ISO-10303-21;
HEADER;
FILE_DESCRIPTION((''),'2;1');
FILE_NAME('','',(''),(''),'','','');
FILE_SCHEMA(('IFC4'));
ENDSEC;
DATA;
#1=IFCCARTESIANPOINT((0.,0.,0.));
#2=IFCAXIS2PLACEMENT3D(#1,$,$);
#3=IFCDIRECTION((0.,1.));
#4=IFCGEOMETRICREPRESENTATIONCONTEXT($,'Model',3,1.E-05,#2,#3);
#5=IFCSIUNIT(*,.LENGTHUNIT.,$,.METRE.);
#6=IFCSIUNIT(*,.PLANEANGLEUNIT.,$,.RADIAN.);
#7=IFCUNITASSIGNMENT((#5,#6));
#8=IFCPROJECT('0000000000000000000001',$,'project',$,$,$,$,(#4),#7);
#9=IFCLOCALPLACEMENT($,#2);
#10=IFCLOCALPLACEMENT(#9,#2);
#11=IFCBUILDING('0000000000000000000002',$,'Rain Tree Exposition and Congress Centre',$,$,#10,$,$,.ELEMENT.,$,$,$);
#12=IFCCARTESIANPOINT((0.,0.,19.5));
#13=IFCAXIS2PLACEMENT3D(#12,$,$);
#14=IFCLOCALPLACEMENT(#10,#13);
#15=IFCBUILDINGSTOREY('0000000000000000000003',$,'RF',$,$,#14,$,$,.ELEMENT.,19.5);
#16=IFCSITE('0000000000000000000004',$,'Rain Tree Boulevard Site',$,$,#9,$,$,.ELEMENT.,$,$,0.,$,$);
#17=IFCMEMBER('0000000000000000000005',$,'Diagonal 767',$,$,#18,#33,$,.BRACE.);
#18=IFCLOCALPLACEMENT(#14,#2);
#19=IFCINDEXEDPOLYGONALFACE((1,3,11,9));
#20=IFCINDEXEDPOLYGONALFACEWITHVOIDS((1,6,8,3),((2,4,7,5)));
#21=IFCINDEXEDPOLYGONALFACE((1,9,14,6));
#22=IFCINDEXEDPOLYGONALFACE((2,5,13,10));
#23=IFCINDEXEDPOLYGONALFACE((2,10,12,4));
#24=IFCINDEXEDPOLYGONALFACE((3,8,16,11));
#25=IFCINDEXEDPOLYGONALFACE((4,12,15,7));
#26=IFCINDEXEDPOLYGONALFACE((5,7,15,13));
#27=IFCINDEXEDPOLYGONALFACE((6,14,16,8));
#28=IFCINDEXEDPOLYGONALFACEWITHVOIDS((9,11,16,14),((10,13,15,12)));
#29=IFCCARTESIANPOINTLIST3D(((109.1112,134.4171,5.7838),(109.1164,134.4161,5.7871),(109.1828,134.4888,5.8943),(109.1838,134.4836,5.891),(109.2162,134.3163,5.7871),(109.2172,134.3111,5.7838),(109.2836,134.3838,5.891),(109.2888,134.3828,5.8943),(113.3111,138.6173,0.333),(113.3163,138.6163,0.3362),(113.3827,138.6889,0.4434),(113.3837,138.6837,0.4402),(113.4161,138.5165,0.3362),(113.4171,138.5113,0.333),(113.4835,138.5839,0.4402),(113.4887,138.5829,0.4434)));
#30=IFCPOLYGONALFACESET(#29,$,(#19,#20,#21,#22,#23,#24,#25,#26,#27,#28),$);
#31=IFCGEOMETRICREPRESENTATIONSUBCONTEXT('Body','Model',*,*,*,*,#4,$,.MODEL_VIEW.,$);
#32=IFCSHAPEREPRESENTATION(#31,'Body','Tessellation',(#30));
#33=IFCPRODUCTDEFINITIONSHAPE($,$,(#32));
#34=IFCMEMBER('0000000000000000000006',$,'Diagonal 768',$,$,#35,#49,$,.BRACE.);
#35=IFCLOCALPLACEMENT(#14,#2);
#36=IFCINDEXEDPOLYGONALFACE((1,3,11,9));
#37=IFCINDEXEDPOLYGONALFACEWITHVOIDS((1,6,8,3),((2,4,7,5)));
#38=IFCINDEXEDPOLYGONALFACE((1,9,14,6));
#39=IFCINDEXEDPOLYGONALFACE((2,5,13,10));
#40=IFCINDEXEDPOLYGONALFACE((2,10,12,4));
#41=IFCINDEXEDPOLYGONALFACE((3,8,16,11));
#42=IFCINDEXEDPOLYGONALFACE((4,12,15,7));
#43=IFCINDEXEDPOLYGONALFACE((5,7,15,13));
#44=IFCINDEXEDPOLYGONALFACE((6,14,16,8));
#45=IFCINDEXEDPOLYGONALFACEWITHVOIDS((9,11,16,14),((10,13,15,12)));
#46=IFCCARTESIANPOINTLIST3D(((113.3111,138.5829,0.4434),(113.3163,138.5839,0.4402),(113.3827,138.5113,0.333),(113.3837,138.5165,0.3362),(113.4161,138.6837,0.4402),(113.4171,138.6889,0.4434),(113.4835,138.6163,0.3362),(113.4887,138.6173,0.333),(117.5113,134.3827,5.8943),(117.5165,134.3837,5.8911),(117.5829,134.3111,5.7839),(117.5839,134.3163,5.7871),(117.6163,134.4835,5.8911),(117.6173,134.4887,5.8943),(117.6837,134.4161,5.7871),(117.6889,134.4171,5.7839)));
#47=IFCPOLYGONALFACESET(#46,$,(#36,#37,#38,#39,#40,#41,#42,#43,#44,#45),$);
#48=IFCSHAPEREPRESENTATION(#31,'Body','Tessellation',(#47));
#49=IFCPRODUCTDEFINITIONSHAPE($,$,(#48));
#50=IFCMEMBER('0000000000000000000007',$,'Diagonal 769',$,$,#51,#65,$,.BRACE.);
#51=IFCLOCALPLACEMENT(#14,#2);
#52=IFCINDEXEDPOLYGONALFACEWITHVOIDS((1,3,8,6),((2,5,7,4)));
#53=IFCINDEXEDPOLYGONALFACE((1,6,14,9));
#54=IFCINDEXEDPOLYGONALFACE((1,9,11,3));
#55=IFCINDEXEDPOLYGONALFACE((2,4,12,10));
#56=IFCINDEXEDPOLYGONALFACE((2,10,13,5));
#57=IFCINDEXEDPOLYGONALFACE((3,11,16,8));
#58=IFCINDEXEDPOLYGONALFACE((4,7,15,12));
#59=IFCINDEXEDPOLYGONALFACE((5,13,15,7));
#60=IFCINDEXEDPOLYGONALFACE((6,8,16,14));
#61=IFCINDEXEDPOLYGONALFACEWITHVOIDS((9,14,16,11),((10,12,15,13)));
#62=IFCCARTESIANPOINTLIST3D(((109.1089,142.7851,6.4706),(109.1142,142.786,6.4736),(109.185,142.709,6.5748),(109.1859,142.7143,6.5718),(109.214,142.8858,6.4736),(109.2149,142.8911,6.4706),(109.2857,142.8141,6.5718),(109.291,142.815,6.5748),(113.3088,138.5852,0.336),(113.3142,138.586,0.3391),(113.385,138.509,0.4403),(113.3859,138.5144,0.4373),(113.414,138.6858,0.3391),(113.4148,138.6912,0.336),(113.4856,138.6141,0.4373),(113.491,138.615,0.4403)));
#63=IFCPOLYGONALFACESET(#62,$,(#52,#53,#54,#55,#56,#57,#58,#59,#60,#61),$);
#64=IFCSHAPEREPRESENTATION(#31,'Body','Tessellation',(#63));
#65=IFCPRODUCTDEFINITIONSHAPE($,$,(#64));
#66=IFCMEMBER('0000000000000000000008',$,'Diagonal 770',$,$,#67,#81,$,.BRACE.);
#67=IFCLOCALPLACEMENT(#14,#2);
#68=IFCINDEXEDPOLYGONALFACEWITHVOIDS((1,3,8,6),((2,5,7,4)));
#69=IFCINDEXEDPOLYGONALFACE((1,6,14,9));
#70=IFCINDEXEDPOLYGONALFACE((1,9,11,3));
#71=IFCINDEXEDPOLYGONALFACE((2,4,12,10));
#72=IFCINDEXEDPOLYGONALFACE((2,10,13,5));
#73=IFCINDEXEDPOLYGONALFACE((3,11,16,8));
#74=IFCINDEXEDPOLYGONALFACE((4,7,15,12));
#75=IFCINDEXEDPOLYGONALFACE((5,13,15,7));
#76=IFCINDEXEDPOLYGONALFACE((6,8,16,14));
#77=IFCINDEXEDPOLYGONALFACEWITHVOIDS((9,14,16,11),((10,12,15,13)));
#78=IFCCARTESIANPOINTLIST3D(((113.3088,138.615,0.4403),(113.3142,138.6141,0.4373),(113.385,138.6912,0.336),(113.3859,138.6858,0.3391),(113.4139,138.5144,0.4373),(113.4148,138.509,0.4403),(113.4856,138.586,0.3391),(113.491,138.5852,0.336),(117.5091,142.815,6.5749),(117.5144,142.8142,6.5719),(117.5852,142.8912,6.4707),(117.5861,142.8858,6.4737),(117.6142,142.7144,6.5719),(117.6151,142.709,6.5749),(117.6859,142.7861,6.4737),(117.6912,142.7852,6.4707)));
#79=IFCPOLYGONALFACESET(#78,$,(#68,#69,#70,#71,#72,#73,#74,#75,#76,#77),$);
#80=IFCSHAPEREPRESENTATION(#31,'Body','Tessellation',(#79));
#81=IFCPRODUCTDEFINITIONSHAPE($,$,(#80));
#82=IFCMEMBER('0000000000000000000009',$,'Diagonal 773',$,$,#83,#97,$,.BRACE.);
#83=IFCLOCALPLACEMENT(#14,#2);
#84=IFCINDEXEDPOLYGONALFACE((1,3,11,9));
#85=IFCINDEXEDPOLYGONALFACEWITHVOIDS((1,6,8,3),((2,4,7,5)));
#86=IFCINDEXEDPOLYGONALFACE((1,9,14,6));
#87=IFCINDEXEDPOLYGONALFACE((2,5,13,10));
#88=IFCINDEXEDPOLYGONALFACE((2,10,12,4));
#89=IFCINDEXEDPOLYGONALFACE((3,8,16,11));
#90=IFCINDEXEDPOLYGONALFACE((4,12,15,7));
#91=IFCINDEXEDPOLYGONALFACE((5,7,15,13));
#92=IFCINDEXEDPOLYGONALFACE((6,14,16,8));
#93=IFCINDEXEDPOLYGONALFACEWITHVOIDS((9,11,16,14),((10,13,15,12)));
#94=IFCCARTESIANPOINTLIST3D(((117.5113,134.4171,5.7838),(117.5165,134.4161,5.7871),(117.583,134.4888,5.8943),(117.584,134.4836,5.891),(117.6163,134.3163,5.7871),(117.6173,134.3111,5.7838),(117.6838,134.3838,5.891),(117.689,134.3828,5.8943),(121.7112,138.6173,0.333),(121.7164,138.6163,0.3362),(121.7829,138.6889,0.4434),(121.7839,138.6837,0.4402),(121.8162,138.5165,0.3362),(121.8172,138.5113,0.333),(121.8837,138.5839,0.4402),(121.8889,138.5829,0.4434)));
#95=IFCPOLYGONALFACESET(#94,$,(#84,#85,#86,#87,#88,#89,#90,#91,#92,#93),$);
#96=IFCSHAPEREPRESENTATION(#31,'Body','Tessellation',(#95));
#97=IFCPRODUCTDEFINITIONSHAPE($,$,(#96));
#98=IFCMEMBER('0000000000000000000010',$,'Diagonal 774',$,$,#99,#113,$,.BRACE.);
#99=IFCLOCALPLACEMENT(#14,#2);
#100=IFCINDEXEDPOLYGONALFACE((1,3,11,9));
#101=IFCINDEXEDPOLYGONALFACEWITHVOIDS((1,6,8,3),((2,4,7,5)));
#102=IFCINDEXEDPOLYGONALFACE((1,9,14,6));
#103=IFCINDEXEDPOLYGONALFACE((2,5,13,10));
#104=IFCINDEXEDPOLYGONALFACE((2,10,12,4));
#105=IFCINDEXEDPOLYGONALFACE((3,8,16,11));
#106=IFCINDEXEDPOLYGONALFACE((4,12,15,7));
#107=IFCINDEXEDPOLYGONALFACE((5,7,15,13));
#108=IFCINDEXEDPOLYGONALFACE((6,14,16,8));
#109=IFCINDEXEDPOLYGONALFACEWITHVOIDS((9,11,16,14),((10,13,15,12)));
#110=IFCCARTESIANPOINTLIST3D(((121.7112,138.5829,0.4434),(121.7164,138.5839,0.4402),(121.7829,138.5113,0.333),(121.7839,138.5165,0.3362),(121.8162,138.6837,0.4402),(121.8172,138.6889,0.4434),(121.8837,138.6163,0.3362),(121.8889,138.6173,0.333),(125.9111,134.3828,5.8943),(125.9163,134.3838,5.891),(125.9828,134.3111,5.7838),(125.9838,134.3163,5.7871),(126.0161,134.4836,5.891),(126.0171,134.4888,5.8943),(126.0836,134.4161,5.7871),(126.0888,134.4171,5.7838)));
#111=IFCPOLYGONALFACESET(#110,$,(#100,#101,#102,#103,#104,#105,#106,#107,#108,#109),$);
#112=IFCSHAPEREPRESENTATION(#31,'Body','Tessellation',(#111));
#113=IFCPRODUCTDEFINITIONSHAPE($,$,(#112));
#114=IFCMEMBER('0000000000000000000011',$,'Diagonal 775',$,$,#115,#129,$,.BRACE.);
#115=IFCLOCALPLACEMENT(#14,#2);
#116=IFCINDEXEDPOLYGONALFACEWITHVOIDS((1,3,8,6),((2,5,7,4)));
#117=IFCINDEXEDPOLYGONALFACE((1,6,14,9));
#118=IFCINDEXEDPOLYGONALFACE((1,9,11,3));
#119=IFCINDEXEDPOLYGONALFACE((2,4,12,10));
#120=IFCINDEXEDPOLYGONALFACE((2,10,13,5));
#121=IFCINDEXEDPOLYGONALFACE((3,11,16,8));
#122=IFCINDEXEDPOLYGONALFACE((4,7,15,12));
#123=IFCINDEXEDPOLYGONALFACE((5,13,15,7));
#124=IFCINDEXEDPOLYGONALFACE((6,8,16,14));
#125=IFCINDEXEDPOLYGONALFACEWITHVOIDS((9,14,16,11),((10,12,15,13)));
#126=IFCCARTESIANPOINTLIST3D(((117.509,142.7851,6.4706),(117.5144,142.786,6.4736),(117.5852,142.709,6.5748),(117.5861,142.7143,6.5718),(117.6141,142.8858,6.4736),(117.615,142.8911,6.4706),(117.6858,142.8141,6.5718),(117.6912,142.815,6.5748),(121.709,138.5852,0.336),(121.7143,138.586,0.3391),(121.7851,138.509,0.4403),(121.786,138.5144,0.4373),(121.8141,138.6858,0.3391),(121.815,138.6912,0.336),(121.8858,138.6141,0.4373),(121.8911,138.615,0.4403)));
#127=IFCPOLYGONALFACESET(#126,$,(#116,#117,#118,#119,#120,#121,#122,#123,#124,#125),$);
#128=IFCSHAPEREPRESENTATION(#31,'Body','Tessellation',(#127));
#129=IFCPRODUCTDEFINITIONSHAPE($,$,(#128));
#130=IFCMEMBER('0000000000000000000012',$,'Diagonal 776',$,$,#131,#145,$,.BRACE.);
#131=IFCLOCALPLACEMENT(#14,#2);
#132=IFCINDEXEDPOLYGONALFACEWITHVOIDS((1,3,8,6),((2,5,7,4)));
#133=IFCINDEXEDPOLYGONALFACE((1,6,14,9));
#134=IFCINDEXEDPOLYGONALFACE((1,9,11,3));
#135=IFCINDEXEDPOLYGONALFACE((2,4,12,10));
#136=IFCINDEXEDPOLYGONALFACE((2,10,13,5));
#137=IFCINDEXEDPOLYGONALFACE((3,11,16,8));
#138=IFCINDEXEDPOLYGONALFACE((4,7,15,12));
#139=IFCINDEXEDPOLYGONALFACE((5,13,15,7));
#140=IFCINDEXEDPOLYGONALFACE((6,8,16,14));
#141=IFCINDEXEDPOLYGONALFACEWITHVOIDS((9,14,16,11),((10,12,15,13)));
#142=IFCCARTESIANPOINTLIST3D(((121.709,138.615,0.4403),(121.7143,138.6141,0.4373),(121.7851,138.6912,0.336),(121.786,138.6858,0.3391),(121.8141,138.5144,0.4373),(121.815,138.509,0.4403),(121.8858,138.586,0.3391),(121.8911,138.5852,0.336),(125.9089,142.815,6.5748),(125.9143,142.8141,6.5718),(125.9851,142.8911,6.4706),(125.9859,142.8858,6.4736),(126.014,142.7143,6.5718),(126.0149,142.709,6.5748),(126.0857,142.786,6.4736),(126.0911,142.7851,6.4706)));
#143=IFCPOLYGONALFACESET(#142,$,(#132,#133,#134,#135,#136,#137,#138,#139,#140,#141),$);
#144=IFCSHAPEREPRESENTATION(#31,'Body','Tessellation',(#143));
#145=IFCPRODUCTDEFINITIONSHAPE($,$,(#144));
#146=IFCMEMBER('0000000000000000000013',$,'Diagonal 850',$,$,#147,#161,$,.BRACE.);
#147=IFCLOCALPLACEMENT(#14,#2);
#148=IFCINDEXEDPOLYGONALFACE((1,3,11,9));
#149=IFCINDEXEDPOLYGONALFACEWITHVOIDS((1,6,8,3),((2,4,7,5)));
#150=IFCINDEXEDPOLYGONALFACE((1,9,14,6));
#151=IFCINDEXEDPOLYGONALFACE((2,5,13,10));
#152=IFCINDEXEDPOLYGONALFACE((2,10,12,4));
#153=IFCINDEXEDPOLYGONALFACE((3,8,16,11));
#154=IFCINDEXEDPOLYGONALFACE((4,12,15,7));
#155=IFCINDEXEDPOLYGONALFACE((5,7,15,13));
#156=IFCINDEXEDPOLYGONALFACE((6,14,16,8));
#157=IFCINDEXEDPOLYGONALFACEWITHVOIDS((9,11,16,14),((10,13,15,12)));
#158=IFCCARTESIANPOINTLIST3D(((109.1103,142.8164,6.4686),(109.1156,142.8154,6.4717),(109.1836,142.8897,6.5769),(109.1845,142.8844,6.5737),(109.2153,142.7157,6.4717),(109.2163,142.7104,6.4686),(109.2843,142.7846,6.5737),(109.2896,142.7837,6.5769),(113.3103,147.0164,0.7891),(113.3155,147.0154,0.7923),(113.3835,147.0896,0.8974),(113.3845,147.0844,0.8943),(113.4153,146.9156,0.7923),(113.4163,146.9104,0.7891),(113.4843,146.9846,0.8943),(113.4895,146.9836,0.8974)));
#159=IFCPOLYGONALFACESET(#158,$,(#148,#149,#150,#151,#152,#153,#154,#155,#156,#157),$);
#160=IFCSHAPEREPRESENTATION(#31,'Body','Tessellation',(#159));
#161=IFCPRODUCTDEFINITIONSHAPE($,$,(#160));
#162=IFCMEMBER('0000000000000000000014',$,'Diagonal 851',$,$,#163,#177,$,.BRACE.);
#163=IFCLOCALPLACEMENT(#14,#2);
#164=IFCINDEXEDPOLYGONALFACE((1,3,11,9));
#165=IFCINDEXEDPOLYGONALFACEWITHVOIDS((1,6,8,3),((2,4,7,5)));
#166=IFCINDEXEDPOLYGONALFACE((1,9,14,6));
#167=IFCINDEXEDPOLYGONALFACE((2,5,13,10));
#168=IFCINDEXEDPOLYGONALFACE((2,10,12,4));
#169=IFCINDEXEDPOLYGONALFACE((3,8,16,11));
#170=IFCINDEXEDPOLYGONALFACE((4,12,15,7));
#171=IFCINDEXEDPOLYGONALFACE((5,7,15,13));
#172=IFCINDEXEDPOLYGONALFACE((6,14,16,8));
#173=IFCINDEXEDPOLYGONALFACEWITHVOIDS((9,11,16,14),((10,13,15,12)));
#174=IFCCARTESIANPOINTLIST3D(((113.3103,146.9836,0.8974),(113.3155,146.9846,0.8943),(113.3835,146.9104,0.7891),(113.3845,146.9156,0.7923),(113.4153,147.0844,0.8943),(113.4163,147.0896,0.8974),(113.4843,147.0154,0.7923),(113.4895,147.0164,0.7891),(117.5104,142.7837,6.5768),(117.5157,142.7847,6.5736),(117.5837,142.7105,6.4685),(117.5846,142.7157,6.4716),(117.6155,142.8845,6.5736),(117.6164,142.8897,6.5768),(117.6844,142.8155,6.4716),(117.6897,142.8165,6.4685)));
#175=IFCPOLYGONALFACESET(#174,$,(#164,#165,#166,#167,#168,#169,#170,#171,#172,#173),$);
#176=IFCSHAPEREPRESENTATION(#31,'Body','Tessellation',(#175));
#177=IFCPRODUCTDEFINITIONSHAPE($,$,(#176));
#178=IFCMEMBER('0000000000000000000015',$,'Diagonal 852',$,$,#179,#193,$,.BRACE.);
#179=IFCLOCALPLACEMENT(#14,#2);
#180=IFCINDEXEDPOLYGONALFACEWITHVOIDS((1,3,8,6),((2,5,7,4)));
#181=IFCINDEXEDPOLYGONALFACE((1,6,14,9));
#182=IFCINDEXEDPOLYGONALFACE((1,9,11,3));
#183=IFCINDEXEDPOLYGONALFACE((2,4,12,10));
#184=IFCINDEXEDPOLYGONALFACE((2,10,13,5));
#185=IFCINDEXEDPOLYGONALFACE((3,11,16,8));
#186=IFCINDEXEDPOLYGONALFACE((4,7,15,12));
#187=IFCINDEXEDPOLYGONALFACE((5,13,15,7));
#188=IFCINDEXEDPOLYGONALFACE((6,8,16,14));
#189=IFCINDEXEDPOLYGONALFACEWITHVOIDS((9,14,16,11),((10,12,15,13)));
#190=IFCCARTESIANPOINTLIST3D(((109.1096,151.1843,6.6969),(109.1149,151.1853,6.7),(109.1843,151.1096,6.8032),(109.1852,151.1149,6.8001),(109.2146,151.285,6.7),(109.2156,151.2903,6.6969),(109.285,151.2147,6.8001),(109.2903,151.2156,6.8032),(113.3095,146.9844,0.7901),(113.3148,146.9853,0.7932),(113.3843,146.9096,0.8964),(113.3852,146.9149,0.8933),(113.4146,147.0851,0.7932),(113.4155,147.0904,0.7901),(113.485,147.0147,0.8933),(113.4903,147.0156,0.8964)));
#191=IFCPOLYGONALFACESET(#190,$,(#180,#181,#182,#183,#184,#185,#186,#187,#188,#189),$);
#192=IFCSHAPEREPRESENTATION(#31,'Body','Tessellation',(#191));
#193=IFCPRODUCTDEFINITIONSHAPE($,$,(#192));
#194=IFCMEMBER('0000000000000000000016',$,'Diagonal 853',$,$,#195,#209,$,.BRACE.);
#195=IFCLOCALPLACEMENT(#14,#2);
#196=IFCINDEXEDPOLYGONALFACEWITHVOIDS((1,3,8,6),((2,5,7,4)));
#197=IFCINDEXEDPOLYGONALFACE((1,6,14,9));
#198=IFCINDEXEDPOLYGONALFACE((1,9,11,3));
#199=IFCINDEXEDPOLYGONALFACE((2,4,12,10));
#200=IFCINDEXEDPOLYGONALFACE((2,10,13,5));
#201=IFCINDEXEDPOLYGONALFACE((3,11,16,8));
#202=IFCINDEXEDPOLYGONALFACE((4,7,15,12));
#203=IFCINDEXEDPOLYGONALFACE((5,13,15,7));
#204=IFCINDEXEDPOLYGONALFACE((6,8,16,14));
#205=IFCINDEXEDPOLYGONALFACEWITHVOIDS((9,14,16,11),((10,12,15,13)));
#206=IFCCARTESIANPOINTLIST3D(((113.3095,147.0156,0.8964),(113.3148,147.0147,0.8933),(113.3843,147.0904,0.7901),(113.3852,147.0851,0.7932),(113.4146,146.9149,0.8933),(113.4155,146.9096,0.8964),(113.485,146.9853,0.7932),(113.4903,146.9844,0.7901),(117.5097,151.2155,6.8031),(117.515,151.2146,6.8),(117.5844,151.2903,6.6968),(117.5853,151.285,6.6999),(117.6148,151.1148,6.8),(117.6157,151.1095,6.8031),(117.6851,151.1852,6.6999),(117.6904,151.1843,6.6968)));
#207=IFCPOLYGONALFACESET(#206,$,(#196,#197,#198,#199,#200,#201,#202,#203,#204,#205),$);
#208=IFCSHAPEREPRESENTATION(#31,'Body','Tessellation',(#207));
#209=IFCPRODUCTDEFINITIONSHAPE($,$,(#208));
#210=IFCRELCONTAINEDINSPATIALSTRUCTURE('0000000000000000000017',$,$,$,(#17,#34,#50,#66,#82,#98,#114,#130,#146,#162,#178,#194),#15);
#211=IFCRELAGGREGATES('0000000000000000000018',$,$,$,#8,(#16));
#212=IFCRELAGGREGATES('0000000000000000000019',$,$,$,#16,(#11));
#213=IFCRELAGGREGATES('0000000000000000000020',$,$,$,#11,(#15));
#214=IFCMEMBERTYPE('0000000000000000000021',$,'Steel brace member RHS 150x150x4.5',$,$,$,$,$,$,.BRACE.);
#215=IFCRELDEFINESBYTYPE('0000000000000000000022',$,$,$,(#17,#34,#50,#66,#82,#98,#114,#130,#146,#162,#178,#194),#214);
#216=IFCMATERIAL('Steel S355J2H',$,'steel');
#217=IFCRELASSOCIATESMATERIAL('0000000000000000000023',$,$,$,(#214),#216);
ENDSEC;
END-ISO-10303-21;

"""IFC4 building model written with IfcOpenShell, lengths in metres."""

from ifc_helpers import new_model, si_unit, direction, frame, origin, origin_2d, place, context, subcontext, project, spatial, hollow_rectangle, extrude, material, material_profile, profile_set, type_object, element, save


model = new_model("IFC4")

# Units and contexts
model_context = context("Model", 3, precision=1e-05, world=origin(), true_north=direction((0.0, 1.0)))
body_context = subcontext(model_context, "Body", "Model", "MODEL_VIEW")
ifc_project = project(units=[si_unit("LENGTHUNIT", "METRE"), si_unit("PLANEANGLEUNIT", "RADIAN")], contexts=[model_context])

# Site, building, storey
site_placement = place(None, origin())
site = spatial("IfcSite", under=ifc_project, at=site_placement, Name="Rain Tree Boulevard Site", CompositionType="ELEMENT", RefElevation=0.0)
building_placement = place(site_placement, origin())
building = spatial("IfcBuilding", under=site, at=building_placement, Name="Rain Tree Exposition and Congress Centre", CompositionType="ELEMENT")
storey_placement = place(building_placement, frame((0.0, 0.0, 19.5)))
storey = spatial("IfcBuildingStorey", under=building, at=storey_placement, Name="RF", CompositionType="ELEMENT", Elevation=19.5)

# Members
ifc_material_1 = material(Name="Steel S355J2H", Category="steel")
ifc_material_profile_1 = material_profile(ifc_material_1, hollow_rectangle(XDim=0.1499, YDim=0.1499, WallThickness=0.0044, at=origin_2d()), Name="RHS 150x150x4.5")
ifc_profile_set_1 = profile_set([ifc_material_profile_1], Name="Steel S355J2H")
member_type_1 = type_object("IfcMemberType", Name="Steel brace member RHS 150x150x4.5", PredefinedType="BRACE", material=ifc_profile_set_1)
member_1_placement = place(storey_placement, frame((113.3999, 138.6001, 0.3882), z_axis=(-0.520965, -0.520995, 0.676136), x_axis=(0.707127, -0.707086, 0.0)))
element("IfcMember", 1, at=member_1_placement, inside=storey, type_object=member_type_1, Name="Diagonal 767", PredefinedType="BRACE", context=body_context, shape_type="SweptSolid", body=[
    extrude(hollow_rectangle(XDim=0.1499, YDim=0.1499, WallThickness=0.0044, at=origin_2d()), origin(), (0.0, 0.0, 1.0), 8.0618),
])
member_2_placement = place(storey_placement, frame((113.3999, 138.6001, 0.3882), z_axis=(0.520987, -0.520987, 0.676126), x_axis=(0.707107, 0.707107, 0.0)))
element("IfcMember", 2, at=member_2_placement, inside=storey, type_object=member_type_1, Name="Diagonal 768", PredefinedType="BRACE", context=body_context, shape_type="SweptSolid", body=[
    extrude(hollow_rectangle(XDim=0.1499, YDim=0.1499, WallThickness=0.0044, at=origin_2d()), origin(), (0.0, 0.0, 1.0), 8.062),
])
member_3_placement = place(storey_placement, frame((113.3999, 138.6001, 0.3882), z_axis=(-0.491865, 0.491865, 0.718427), x_axis=(-0.707107, -0.707107, 0.0)))
element("IfcMember", 3, at=member_3_placement, inside=storey, type_object=member_type_1, Name="Diagonal 769", PredefinedType="BRACE", context=body_context, shape_type="SweptSolid", body=[
    extrude(hollow_rectangle(XDim=0.1499, YDim=0.1499, WallThickness=0.0044, at=origin_2d()), origin(), (0.0, 0.0, 1.0), 8.5388),
])
member_4_placement = place(storey_placement, frame((113.3999, 138.6001, 0.3882), z_axis=(0.491887, 0.491858, 0.718417), x_axis=(-0.707086, 0.707127, 0.0)))
element("IfcMember", 4, at=member_4_placement, inside=storey, type_object=member_type_1, Name="Diagonal 770", PredefinedType="BRACE", context=body_context, shape_type="SweptSolid", body=[
    extrude(hollow_rectangle(XDim=0.1499, YDim=0.1499, WallThickness=0.0044, at=origin_2d()), origin(), (0.0, 0.0, 1.0), 8.5391),
])
for number, where, z_axis, x_axis, name in (
    (5, (121.8, 138.6001, 0.3882), (-0.520965, -0.520995, 0.676136), (0.707127, -0.707086, 0.0), "Diagonal 773"),
    (6, (121.8, 138.6001, 0.3882), (0.520965, -0.520995, 0.676136), (0.707127, 0.707086, 0.0), "Diagonal 774"),
):
    element("IfcMember", number, at=place(storey_placement, frame(where, z_axis=z_axis, x_axis=x_axis)), inside=storey, type_object=member_type_1, Name=name, PredefinedType="BRACE", context=body_context, shape_type="SweptSolid", body=[
        extrude(hollow_rectangle(XDim=0.1499, YDim=0.1499, WallThickness=0.0044, at=origin_2d()), origin(), (0.0, 0.0, 1.0), 8.0618),
    ])
for number, where, z_axis, x_axis, name in (
    (7, (121.8, 138.6001, 0.3882), (-0.491865, 0.491865, 0.718427), (-0.707107, -0.707107, 0.0), "Diagonal 775"),
    (8, (121.8, 138.6001, 0.3882), (0.491865, 0.491865, 0.718427), (-0.707107, 0.707107, 0.0), "Diagonal 776"),
):
    element("IfcMember", number, at=place(storey_placement, frame(where, z_axis=z_axis, x_axis=x_axis)), inside=storey, type_object=member_type_1, Name=name, PredefinedType="BRACE", context=body_context, shape_type="SweptSolid", body=[
        extrude(hollow_rectangle(XDim=0.1499, YDim=0.1499, WallThickness=0.0044, at=origin_2d()), origin(), (0.0, 0.0, 1.0), 8.5388),
    ])
for number, where, z_axis, x_axis, name in (
    (9, (113.3999, 147.0, 0.8433), (-0.511068, -0.511068, 0.691099), (0.707107, -0.707107, 0.0), "Diagonal 850"),
    (10, (113.3999, 147.0, 0.8433), (0.51109, -0.511061, 0.691089), (0.707086, 0.707127, 0.0), "Diagonal 851"),
):
    element("IfcMember", number, at=place(storey_placement, frame(where, z_axis=z_axis, x_axis=x_axis)), inside=storey, type_object=member_type_1, Name=name, PredefinedType="BRACE", context=body_context, shape_type="SweptSolid", body=[
        extrude(hollow_rectangle(XDim=0.1499, YDim=0.1499, WallThickness=0.0044, at=origin_2d()), origin(), (0.0, 0.0, 1.0), 8.218),
    ])
for number, where, z_axis, x_axis, name in (
    (11, (113.3999, 147.0, 0.8433), (-0.501386, 0.501386, 0.705141), (-0.707107, -0.707107, 0.0), "Diagonal 852"),
    (12, (113.3999, 147.0, 0.8433), (0.501408, 0.501379, 0.705131), (-0.707086, 0.707127, 0.0), "Diagonal 853"),
):
    element("IfcMember", number, at=place(storey_placement, frame(where, z_axis=z_axis, x_axis=x_axis)), inside=storey, type_object=member_type_1, Name=name, PredefinedType="BRACE", context=body_context, shape_type="SweptSolid", body=[
        extrude(hollow_rectangle(XDim=0.1499, YDim=0.1499, WallThickness=0.0044, at=origin_2d()), origin(), (0.0, 0.0, 1.0), 8.3767),
    ])

save(model, "model.ifc")
